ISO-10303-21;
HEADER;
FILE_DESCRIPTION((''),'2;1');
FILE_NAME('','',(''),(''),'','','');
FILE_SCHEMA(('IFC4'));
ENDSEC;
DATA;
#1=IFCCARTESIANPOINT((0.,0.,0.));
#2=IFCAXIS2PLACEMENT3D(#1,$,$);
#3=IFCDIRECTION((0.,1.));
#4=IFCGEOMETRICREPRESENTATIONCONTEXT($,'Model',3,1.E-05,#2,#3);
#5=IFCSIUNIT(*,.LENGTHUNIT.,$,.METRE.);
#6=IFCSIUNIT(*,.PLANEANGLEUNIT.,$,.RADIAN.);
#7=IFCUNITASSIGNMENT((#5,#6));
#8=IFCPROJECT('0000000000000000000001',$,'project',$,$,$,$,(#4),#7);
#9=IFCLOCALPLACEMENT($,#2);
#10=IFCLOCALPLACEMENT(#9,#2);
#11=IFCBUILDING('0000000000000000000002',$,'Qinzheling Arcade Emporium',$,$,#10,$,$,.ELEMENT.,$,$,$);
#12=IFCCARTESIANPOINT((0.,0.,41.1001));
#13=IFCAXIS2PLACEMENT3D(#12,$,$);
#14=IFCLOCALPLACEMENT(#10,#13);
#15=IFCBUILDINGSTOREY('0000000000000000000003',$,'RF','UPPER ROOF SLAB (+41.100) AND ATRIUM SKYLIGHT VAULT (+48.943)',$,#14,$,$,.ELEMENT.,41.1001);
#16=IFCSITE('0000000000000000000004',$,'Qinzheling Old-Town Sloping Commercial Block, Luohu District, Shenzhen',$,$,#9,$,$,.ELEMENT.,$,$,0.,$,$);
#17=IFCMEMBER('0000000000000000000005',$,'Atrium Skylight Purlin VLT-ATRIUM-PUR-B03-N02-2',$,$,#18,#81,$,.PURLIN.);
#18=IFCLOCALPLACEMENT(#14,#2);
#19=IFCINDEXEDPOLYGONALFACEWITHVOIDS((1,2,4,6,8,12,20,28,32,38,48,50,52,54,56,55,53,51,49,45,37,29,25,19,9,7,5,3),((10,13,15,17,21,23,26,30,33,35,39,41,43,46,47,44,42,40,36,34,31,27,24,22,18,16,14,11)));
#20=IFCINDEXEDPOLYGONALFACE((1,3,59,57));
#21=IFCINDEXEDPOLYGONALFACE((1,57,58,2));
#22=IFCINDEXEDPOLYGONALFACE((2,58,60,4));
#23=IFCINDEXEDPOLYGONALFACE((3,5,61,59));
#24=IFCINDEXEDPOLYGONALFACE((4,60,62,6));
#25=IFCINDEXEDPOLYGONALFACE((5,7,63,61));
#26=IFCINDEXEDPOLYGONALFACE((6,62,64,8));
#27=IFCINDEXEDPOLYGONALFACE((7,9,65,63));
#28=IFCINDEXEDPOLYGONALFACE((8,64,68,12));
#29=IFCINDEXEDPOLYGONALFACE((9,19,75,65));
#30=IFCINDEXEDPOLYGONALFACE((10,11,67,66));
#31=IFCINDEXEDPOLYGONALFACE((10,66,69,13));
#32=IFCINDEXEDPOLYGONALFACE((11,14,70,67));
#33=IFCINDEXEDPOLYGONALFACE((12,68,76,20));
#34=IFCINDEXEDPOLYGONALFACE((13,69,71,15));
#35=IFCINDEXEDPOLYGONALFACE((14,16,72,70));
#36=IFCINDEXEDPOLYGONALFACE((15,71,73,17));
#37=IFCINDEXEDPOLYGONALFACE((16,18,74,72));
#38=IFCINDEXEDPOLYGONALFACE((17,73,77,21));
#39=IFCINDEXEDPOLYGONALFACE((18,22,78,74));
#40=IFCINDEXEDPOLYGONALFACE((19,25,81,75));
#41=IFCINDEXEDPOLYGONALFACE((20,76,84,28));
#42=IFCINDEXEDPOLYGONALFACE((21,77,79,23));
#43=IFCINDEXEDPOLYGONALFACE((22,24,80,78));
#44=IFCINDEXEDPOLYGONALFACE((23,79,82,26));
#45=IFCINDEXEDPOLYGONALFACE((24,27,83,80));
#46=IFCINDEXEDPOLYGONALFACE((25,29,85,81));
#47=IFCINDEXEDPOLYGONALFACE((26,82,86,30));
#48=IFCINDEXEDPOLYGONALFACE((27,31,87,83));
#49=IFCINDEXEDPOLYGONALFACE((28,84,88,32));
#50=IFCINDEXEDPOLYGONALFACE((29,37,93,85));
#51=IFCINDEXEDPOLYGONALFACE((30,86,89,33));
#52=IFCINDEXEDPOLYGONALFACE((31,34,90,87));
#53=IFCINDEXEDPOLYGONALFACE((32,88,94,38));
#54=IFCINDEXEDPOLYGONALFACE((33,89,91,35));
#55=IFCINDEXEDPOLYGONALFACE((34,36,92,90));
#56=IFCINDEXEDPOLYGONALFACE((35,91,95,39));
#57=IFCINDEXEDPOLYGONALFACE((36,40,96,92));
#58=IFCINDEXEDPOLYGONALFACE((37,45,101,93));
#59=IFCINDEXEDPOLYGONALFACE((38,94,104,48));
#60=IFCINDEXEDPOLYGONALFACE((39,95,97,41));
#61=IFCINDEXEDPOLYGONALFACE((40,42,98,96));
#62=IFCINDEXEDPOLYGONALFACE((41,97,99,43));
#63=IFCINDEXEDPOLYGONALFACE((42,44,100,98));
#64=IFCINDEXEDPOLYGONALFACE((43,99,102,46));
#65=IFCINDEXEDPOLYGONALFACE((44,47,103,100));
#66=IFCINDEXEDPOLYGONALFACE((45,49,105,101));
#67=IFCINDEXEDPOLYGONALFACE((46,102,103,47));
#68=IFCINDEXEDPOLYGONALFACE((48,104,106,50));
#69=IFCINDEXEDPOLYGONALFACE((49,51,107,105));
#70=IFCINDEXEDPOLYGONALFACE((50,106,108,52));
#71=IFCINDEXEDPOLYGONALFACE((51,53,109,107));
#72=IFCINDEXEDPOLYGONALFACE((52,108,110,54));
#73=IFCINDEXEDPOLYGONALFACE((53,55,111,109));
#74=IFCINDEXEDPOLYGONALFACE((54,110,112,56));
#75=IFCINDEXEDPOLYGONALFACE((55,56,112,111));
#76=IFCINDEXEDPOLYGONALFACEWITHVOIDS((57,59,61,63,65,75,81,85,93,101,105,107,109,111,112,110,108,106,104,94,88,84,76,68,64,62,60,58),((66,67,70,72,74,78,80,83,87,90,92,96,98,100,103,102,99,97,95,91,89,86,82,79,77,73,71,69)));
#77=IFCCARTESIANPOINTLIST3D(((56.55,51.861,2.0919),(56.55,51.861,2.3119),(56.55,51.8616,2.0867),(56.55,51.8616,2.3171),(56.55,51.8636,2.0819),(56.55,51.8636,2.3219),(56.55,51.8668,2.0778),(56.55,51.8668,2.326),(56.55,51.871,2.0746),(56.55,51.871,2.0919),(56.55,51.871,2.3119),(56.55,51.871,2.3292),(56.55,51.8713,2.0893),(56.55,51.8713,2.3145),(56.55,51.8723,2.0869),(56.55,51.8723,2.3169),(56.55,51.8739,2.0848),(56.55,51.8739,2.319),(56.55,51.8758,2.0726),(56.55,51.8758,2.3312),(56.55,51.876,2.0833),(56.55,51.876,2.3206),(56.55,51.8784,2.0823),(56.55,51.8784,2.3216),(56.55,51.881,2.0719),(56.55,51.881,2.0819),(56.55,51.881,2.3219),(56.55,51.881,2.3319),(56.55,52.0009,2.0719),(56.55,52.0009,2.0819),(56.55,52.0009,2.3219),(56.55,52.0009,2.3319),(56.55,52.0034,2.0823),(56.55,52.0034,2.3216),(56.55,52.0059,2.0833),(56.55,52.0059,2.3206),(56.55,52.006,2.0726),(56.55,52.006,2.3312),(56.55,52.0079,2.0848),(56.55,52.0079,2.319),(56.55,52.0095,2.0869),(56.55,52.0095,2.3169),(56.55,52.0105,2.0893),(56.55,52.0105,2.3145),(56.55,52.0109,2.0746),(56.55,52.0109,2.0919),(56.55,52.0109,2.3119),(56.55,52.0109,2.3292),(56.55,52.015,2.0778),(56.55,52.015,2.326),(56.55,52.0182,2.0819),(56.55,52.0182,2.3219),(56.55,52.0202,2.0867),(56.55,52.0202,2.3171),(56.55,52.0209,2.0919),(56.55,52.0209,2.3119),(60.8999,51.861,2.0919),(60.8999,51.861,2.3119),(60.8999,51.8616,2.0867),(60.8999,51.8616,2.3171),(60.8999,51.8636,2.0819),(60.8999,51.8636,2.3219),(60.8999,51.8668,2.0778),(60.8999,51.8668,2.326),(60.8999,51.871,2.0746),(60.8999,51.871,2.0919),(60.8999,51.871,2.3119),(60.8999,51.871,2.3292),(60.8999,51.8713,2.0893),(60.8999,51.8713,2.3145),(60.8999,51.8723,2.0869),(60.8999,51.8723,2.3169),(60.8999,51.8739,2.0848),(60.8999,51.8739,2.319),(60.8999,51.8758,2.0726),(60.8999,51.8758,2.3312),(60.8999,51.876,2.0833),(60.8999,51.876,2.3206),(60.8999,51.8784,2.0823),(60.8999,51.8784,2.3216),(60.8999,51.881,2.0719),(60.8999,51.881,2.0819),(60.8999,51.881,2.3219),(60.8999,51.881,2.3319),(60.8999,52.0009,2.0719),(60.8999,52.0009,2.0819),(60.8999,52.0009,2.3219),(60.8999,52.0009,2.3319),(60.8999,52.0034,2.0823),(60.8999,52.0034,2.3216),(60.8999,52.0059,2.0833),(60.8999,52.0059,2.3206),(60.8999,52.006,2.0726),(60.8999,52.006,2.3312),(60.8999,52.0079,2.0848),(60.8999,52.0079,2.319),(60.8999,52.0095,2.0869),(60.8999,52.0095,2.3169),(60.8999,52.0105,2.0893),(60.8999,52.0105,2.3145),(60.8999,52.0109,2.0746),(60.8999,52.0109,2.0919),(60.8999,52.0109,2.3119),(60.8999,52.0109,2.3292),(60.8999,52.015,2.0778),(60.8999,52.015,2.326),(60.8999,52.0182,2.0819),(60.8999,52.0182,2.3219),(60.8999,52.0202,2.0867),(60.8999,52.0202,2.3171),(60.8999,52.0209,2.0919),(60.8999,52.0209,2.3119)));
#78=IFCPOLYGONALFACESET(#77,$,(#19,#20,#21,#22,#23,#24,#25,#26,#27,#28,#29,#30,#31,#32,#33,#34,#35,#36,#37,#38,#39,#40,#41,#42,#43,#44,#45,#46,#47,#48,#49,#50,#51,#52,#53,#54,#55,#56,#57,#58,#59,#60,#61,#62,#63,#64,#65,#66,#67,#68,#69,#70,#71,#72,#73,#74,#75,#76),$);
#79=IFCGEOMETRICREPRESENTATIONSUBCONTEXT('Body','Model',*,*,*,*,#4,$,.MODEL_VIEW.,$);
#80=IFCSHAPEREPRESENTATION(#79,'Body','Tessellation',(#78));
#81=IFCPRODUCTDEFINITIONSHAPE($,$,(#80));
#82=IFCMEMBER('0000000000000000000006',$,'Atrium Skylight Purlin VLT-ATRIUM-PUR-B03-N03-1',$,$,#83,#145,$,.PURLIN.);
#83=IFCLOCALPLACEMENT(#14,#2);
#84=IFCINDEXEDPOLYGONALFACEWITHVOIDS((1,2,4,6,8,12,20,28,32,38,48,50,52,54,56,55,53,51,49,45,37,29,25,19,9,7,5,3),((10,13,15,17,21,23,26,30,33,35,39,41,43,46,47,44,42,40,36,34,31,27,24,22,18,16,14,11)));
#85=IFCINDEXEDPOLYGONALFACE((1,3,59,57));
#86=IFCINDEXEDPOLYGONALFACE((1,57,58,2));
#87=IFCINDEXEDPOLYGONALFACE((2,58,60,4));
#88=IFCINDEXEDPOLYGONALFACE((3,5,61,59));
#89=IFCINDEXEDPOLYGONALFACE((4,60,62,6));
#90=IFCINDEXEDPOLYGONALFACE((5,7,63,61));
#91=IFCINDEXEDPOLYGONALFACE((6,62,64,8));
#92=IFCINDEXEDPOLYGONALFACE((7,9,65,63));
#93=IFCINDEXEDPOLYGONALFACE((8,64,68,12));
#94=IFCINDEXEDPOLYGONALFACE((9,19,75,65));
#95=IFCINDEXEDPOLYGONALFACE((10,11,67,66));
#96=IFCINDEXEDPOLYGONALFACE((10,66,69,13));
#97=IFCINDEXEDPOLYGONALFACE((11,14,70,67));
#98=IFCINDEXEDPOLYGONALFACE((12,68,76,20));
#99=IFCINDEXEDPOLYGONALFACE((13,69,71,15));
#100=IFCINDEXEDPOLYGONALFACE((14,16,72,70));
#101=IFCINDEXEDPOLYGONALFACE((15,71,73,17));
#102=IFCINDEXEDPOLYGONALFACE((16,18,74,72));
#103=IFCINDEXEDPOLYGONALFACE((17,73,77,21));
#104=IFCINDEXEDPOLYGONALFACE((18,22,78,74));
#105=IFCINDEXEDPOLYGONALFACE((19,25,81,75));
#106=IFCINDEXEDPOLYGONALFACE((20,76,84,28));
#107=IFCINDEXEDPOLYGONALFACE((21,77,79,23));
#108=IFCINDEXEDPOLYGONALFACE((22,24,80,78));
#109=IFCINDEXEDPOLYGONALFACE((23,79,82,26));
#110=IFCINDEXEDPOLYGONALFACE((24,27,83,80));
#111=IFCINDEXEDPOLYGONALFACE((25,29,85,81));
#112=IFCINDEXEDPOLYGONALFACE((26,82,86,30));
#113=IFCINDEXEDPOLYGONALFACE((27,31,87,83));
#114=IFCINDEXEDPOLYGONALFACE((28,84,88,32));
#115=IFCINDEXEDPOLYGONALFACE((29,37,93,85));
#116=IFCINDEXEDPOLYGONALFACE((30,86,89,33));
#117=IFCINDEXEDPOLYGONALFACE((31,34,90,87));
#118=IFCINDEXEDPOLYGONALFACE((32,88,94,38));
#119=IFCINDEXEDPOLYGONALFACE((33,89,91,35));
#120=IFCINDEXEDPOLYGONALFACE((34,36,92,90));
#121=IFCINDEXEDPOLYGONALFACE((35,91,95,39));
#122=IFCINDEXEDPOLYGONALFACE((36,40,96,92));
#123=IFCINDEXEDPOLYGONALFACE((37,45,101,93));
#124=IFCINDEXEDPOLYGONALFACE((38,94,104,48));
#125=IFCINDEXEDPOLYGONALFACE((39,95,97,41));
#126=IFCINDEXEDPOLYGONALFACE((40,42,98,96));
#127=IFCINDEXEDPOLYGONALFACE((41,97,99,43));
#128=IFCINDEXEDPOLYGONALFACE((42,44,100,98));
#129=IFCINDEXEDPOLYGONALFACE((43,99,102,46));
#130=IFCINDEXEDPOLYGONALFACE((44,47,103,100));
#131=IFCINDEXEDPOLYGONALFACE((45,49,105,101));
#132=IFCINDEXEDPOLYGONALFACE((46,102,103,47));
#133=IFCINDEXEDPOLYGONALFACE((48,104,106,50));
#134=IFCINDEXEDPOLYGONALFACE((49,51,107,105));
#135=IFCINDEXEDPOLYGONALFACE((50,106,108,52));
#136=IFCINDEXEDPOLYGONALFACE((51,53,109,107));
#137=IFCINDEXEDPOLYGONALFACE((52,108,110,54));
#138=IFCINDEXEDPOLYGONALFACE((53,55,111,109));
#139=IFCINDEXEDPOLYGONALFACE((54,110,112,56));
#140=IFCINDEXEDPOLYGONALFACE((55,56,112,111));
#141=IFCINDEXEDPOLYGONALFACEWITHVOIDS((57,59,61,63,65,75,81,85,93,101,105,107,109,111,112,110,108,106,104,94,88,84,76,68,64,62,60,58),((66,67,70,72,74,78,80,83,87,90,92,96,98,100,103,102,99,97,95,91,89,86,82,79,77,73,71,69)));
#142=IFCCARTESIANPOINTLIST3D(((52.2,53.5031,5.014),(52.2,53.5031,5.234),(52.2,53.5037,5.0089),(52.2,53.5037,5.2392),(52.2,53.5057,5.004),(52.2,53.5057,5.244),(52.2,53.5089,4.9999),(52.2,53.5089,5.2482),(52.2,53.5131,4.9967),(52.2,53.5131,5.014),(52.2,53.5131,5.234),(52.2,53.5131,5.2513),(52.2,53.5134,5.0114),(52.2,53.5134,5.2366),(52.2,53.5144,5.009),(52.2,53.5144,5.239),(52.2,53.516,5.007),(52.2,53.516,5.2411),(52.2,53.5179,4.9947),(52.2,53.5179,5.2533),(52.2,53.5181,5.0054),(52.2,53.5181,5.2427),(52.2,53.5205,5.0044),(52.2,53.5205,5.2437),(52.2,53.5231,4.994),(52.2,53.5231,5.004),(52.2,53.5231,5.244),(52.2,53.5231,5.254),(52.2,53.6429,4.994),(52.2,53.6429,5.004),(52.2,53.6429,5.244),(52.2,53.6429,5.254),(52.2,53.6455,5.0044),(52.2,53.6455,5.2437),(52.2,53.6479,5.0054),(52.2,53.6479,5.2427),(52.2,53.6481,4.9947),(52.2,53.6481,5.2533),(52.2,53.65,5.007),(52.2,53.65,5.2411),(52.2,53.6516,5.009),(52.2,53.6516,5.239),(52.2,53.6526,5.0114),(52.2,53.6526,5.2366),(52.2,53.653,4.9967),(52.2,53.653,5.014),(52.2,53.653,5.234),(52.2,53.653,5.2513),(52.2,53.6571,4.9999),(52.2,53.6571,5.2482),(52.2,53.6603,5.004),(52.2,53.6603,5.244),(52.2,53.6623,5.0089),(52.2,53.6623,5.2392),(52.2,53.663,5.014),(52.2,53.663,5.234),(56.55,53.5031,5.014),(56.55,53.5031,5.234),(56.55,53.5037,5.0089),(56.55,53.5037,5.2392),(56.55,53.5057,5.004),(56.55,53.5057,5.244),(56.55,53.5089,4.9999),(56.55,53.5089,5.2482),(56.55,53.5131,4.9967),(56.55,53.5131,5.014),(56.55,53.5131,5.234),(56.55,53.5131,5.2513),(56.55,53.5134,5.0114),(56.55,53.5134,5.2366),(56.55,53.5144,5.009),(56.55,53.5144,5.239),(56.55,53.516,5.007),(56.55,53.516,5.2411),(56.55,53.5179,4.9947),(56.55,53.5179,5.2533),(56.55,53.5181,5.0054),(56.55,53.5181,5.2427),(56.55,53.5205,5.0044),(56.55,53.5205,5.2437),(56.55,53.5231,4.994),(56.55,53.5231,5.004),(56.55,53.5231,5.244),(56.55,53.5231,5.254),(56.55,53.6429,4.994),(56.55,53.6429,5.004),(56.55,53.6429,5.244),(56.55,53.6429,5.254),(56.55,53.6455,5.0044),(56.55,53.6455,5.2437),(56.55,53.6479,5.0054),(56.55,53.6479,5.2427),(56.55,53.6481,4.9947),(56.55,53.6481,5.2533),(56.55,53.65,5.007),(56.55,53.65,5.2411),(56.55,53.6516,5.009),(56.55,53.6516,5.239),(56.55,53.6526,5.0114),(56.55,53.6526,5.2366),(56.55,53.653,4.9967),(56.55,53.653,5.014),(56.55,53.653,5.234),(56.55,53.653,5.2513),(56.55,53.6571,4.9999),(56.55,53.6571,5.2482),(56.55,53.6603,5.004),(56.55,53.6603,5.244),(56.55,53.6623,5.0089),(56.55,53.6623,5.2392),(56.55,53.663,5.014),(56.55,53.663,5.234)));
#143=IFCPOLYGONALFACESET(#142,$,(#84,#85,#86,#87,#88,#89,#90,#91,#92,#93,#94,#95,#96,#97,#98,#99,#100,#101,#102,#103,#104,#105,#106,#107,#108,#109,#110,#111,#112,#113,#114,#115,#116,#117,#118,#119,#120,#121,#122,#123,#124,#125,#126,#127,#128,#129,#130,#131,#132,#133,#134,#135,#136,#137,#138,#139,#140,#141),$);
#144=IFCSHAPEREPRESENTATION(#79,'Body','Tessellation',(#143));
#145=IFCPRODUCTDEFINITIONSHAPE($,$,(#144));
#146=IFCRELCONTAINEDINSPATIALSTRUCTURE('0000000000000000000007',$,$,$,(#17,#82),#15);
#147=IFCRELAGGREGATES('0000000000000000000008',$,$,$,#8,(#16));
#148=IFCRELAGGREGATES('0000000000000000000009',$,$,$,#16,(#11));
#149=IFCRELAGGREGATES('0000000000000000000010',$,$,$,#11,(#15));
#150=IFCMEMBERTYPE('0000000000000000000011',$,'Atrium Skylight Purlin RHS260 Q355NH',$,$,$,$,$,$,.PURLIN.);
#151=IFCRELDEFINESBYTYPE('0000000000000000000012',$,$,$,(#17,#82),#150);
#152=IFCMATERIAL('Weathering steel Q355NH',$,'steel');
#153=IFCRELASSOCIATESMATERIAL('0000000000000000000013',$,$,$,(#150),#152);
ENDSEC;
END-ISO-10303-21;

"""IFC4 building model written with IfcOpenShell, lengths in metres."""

from ifc_helpers import new_model, si_unit, direction, frame, origin, origin_2d, place, context, subcontext, project, spatial, hollow_rectangle, extrude, material, material_profile, profile_set, type_object, element, save


model = new_model("IFC4")

# Units and contexts
model_context = context("Model", 3, precision=1e-05, world=origin(), true_north=direction((0.0, 1.0)))
body_context = subcontext(model_context, "Body", "Model", "MODEL_VIEW")
ifc_project = project(units=[si_unit("LENGTHUNIT", "METRE"), si_unit("PLANEANGLEUNIT", "RADIAN")], contexts=[model_context])

# Site, building, storey
site_placement = place(None, origin())
site = spatial("IfcSite", under=ifc_project, at=site_placement, Name="Qinzheling Old-Town Sloping Commercial Block, Luohu District, Shenzhen", CompositionType="ELEMENT", RefElevation=0.0)
building_placement = place(site_placement, origin())
building = spatial("IfcBuilding", under=site, at=building_placement, Name="Qinzheling Arcade Emporium", CompositionType="ELEMENT")
storey_placement = place(building_placement, frame((0.0, 0.0, 41.1001)))
storey = spatial("IfcBuildingStorey", under=building, at=storey_placement, Name="RF", Description="UPPER ROOF SLAB (+41.100) AND ATRIUM SKYLIGHT VAULT (+48.943)", CompositionType="ELEMENT", Elevation=41.1001)

# Shared definitions
ifc_material_1 = material(Name="Weathering steel Q355NH", Category="steel")

# Members
ifc_material_profile_1 = material_profile(ifc_material_1, hollow_rectangle(XDim=0.1599, YDim=0.26, WallThickness=0.01, InnerFilletRadius=0.01, OuterFilletRadius=0.02, at=origin_2d()), Name="RHS 260x160x10", Category="steel")
ifc_profile_set_1 = profile_set([ifc_material_profile_1], Name="Weathering steel Q355NH")
member_type = type_object("IfcMemberType", Name="Atrium Skylight Purlin RHS260 Q355NH", PredefinedType="PURLIN", material=ifc_profile_set_1)
member_1_placement = place(storey_placement, frame((56.55, 51.9409, 2.2019), z_axis=(1.0, 0.0, 0.0), x_axis=(0.0, 1.0, 0.0)))
element("IfcMember", 1, at=member_1_placement, inside=storey, type_object=member_type, Name="Atrium Skylight Purlin VLT-ATRIUM-PUR-B03-N02-2", PredefinedType="PURLIN", context=body_context, shape_type="SweptSolid", body=[
    extrude(hollow_rectangle(XDim=0.1599, YDim=0.26, WallThickness=0.01, InnerFilletRadius=0.01, OuterFilletRadius=0.02, at=origin_2d()), origin(), (0.0, 0.0, 1.0), 4.3499),
])
member_2_placement = place(storey_placement, frame((52.2, 53.583, 5.124), z_axis=(1.0, 0.0, 0.0), x_axis=(0.0, 1.0, 0.0)))
element("IfcMember", 2, at=member_2_placement, inside=storey, type_object=member_type, Name="Atrium Skylight Purlin VLT-ATRIUM-PUR-B03-N03-1", PredefinedType="PURLIN", context=body_context, shape_type="SweptSolid", body=[
    extrude(hollow_rectangle(XDim=0.1599, YDim=0.26, WallThickness=0.01, InnerFilletRadius=0.01, OuterFilletRadius=0.02, at=origin_2d()), origin(), (0.0, 0.0, 1.0), 4.3501),
])

save(model, "model.ifc")
